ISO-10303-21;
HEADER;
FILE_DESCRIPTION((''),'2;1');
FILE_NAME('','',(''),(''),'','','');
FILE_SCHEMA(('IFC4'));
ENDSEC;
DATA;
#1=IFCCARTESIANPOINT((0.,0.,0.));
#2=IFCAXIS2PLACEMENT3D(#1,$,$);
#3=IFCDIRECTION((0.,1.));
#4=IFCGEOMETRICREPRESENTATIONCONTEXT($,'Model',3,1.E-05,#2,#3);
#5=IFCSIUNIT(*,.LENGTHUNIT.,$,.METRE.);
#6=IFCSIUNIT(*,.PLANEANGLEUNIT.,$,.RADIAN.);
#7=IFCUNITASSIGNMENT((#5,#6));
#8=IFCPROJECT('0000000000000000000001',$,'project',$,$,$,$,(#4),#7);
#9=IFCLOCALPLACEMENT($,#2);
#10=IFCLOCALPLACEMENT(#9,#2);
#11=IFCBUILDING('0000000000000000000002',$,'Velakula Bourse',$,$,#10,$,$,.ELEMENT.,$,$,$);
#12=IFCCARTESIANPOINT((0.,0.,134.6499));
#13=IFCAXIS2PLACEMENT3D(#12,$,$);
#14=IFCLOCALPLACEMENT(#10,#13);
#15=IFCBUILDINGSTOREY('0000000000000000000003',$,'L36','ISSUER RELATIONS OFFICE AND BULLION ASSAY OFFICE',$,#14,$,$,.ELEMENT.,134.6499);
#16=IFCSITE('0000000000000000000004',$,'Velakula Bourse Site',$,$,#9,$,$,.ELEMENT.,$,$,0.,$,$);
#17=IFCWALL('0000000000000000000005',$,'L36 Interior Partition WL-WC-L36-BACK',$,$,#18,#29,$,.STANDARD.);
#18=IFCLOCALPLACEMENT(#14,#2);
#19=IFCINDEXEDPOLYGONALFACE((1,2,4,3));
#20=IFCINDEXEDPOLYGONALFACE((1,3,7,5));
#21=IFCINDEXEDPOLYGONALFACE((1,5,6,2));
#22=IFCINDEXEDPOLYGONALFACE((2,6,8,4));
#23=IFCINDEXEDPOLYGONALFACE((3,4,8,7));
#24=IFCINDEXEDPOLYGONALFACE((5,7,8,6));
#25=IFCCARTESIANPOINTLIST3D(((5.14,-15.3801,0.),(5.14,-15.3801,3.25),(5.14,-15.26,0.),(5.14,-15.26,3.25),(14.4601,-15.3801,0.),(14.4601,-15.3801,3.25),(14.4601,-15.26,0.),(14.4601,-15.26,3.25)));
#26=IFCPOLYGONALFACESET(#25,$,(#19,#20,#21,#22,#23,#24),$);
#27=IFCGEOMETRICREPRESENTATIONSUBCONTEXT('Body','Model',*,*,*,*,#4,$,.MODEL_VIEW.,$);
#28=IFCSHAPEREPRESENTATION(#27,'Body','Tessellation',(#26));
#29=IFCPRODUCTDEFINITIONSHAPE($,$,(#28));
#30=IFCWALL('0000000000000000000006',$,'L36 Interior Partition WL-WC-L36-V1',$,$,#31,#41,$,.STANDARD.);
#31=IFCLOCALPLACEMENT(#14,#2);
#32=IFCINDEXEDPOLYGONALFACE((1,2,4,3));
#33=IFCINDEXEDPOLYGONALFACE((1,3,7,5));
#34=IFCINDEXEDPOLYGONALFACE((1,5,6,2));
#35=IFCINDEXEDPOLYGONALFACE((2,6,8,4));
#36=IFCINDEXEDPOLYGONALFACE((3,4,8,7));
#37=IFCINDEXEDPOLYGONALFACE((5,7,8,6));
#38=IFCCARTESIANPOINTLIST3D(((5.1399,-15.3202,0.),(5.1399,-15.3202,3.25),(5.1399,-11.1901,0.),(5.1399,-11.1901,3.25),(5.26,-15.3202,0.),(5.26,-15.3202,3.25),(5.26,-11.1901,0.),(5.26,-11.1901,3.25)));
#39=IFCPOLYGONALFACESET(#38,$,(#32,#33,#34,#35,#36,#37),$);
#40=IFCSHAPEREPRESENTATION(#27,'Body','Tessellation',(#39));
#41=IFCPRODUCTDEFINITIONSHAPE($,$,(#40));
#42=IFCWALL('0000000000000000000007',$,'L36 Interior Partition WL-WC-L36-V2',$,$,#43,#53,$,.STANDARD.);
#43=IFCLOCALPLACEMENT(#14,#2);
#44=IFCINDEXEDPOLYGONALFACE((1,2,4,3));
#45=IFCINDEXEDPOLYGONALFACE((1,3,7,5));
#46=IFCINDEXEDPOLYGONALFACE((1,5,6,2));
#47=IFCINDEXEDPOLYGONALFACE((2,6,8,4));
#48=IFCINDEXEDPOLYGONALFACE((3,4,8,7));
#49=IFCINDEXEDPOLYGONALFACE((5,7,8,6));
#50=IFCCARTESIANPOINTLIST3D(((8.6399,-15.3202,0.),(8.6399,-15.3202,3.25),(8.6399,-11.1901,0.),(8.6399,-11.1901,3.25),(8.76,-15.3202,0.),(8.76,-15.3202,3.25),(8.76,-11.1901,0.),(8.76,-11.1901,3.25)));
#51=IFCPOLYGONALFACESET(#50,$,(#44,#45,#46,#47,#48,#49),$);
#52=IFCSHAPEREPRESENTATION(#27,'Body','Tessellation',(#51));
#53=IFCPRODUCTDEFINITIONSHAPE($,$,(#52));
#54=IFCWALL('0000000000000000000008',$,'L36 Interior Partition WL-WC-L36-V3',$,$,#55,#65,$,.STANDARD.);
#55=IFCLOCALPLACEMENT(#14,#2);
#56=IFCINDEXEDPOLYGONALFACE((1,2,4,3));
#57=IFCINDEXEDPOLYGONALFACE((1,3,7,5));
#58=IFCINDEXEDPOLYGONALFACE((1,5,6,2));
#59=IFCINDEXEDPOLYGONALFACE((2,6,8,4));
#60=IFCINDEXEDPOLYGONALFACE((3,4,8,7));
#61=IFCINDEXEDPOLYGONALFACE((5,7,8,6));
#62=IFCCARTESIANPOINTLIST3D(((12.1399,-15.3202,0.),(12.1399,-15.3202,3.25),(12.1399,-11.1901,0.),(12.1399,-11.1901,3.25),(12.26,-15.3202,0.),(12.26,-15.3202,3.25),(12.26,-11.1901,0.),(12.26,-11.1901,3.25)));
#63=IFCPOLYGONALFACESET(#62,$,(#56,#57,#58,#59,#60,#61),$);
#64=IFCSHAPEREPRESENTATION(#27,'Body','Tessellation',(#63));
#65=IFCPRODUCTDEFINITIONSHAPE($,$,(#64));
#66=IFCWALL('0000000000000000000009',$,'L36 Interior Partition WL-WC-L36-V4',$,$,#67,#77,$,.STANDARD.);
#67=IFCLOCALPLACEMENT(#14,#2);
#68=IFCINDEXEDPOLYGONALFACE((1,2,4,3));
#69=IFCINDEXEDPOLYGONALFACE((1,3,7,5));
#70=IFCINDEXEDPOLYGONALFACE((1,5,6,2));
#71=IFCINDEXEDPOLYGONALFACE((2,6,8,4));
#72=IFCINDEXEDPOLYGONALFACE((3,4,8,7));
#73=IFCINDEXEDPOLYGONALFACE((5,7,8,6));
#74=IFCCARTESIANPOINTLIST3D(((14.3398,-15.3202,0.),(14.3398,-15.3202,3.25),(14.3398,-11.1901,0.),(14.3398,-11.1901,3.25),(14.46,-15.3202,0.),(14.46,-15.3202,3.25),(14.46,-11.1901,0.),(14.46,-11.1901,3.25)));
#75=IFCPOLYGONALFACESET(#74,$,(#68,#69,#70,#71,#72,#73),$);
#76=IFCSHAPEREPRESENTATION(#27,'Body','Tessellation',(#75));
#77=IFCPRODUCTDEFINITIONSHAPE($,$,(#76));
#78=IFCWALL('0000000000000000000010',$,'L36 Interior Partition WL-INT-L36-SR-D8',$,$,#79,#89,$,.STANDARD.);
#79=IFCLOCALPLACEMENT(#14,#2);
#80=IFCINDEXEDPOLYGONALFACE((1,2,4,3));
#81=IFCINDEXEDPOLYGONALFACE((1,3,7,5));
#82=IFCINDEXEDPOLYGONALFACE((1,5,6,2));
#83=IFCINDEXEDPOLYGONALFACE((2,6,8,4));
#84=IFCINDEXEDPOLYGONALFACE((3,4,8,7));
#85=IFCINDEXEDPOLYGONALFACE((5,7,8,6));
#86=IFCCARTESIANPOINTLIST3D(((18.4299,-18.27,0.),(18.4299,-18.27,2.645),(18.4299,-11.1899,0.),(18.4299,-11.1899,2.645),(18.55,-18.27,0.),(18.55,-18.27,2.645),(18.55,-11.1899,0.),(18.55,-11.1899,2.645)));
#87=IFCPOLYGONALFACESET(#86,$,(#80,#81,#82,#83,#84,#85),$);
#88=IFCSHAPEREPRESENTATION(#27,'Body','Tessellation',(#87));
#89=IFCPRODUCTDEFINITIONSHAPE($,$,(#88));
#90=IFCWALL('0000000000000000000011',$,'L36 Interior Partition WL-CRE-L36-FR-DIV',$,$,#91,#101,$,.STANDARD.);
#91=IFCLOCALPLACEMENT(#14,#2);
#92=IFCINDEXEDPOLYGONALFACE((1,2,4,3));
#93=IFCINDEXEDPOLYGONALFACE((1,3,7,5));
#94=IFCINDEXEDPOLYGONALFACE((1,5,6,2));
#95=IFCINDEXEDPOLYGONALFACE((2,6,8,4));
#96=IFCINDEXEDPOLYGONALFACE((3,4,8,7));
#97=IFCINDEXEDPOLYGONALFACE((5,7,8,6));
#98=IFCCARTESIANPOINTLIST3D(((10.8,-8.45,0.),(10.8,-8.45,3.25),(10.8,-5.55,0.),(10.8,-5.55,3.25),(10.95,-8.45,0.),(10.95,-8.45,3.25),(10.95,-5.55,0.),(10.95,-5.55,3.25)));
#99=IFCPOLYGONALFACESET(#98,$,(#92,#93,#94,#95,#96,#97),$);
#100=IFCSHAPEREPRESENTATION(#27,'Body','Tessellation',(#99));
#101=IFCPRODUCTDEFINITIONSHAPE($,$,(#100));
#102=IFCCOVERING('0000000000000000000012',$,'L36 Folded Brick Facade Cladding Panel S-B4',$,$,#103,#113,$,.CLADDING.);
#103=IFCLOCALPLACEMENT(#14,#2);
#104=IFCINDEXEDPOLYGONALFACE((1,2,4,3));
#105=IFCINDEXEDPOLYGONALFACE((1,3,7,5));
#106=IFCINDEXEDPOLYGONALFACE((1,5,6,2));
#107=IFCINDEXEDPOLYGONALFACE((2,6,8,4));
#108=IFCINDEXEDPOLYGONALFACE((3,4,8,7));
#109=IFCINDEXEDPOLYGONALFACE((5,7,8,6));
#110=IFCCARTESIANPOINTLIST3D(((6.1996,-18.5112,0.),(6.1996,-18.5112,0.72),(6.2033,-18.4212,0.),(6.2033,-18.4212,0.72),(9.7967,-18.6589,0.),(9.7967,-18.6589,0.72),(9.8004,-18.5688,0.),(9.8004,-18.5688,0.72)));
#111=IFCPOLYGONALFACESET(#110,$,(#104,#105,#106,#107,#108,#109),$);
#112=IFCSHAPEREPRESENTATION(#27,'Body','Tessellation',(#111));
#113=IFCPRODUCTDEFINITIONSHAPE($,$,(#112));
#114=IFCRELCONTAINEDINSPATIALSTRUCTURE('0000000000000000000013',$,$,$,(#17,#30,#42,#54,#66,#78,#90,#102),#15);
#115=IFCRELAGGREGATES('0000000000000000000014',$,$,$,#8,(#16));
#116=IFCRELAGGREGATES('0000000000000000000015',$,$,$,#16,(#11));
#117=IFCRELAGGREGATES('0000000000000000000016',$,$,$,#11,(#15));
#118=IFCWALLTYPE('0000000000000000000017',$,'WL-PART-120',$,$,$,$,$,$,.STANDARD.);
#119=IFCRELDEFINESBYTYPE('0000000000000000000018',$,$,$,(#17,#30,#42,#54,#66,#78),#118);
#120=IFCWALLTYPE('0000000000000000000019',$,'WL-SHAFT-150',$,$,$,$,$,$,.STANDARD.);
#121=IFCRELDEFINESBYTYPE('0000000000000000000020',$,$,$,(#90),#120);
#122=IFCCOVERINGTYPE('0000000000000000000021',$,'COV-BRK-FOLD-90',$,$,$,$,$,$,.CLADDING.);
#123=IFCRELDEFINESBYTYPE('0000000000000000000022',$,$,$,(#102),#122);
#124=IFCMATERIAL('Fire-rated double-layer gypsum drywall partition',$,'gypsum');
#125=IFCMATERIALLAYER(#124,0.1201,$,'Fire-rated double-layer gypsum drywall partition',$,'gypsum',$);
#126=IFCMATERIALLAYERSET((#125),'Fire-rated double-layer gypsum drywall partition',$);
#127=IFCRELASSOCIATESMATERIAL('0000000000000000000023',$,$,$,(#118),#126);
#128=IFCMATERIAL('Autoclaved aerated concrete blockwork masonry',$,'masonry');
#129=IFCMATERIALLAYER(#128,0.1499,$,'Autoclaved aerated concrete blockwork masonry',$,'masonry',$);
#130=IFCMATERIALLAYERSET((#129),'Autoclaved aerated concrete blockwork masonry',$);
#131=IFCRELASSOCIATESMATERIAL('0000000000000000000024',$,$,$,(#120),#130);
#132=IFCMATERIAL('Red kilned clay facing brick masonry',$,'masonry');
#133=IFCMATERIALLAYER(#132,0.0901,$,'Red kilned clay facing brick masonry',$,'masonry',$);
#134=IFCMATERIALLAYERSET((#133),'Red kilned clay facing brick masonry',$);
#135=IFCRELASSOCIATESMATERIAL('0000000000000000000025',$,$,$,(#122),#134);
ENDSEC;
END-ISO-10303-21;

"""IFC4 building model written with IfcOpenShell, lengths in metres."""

from ifc_helpers import new_model, si_unit, direction, frame, frame_2d, origin, origin_2d, place, context, subcontext, project, spatial, rectangle, extrude, material, layer, layer_set, type_object, element, save


model = new_model("IFC4")

# Units and contexts
model_context = context("Model", 3, precision=1e-05, world=origin(), true_north=direction((0.0, 1.0)))
body_context = subcontext(model_context, "Body", "Model", "MODEL_VIEW")
ifc_project = project(units=[si_unit("LENGTHUNIT", "METRE"), si_unit("PLANEANGLEUNIT", "RADIAN")], contexts=[model_context])

# Site, building, storey
site_placement = place(None, origin())
site = spatial("IfcSite", under=ifc_project, at=site_placement, Name="Velakula Bourse Site", CompositionType="ELEMENT", RefElevation=0.0)
building_placement = place(site_placement, origin())
building = spatial("IfcBuilding", under=site, at=building_placement, Name="Velakula Bourse", CompositionType="ELEMENT")
storey_placement = place(building_placement, frame((0.0, 0.0, 134.6499)))
storey = spatial("IfcBuildingStorey", under=building, at=storey_placement, Name="L36", Description="ISSUER RELATIONS OFFICE AND BULLION ASSAY OFFICE", CompositionType="ELEMENT", Elevation=134.6499)

# Shared definitions
ifc_material_1 = material(Name="Red kilned clay facing brick masonry", Category="masonry")

# Walls
ifc_material_2 = material(Name="Fire-rated double-layer gypsum drywall partition", Category="gypsum")
ifc_layer_1 = layer(ifc_material_2, 0.1201, Name="Fire-rated double-layer gypsum drywall partition", Category="gypsum")
ifc_layer_set_1 = layer_set([ifc_layer_1], Name="Fire-rated double-layer gypsum drywall partition")
wall_type_1 = type_object("IfcWallType", Name="WL-PART-120", PredefinedType="STANDARD", material=ifc_layer_set_1)
wall_1_placement = place(storey_placement, frame((5.1399, -15.3201, 0.0), z_axis=(0.0, 0.0, 1.0), x_axis=(1.0, 0.0, 0.0)))
element("IfcWall", 1, at=wall_1_placement, inside=storey, type_object=wall_type_1, Name="L36 Interior Partition WL-WC-L36-BACK", PredefinedType="STANDARD", context=body_context, shape_type="SweptSolid", body=[
    extrude(rectangle(XDim=9.3201, YDim=0.1201, at=frame_2d((4.6602, 0.0))), origin(), (0.0, 0.0, 1.0), 3.25),
])
for number, where, z_axis, x_axis, name in (
    (2, (5.2, -15.3201, 0.0), (0.0, 0.0, 1.0), (0.0, 1.0, 0.0), "L36 Interior Partition WL-WC-L36-V1"),
    (3, (8.7, -15.3201, 0.0), (0.0, 0.0, 1.0), (0.0, 1.0, 0.0), "L36 Interior Partition WL-WC-L36-V2"),
    (4, (12.2, -15.3201, 0.0), (0.0, 0.0, 1.0), (0.0, 1.0, 0.0), "L36 Interior Partition WL-WC-L36-V3"),
    (5, (14.3999, -15.3201, 0.0), (0.0, 0.0, 1.0), (0.0, 1.0, 0.0), "L36 Interior Partition WL-WC-L36-V4"),
):
    element("IfcWall", number, at=place(storey_placement, frame(where, z_axis=z_axis, x_axis=x_axis)), inside=storey, type_object=wall_type_1, Name=name, PredefinedType="STANDARD", context=body_context, shape_type="SweptSolid", body=[
        extrude(rectangle(XDim=4.1301, YDim=0.1201, at=frame_2d((2.0649, 0.0))), origin(), (0.0, 0.0, 1.0), 3.25),
    ])
wall_2_placement = place(storey_placement, frame((18.49, -18.27, 0.0), z_axis=(0.0, 0.0, 1.0), x_axis=(0.0, 1.0, 0.0)))
element("IfcWall", 6, at=wall_2_placement, inside=storey, type_object=wall_type_1, Name="L36 Interior Partition WL-INT-L36-SR-D8", PredefinedType="STANDARD", context=body_context, shape_type="SweptSolid", body=[
    extrude(rectangle(XDim=7.0801, YDim=0.1201, at=frame_2d((3.54, 0.0))), origin(), (0.0, 0.0, 1.0), 2.645),
])
ifc_material_3 = material(Name="Autoclaved aerated concrete blockwork masonry", Category="masonry")
ifc_layer_2 = layer(ifc_material_3, 0.1499, Name="Autoclaved aerated concrete blockwork masonry", Category="masonry")
ifc_layer_set_2 = layer_set([ifc_layer_2], Name="Autoclaved aerated concrete blockwork masonry")
wall_type_2 = type_object("IfcWallType", Name="WL-SHAFT-150", PredefinedType="STANDARD", material=ifc_layer_set_2)
wall_3_placement = place(storey_placement, frame((10.875, -8.45, 0.0), z_axis=(0.0, 0.0, 1.0), x_axis=(0.0, 1.0, 0.0)))
element("IfcWall", 7, at=wall_3_placement, inside=storey, type_object=wall_type_2, Name="L36 Interior Partition WL-CRE-L36-FR-DIV", PredefinedType="STANDARD", context=body_context, shape_type="SweptSolid", body=[
    extrude(rectangle(XDim=2.8999, YDim=0.1499, at=frame_2d((1.45, 0.0))), origin(), (0.0, 0.0, 1.0), 3.25),
])

# Covering
ifc_layer_3 = layer(ifc_material_1, 0.0901, Name="Red kilned clay facing brick masonry", Category="masonry")
ifc_layer_set_3 = layer_set([ifc_layer_3], Name="Red kilned clay facing brick masonry")
covering_type = type_object("IfcCoveringType", Name="COV-BRK-FOLD-90", PredefinedType="CLADDING", material=ifc_layer_set_3)
covering_placement = place(storey_placement, frame((8.0, -18.54, 0.0), z_axis=(0.0, 0.0, 1.0), x_axis=(0.999159, -0.041004, 0.0)))
element("IfcCovering", 8, at=covering_placement, inside=storey, type_object=covering_type, Name="L36 Folded Brick Facade Cladding Panel S-B4", PredefinedType="CLADDING", context=body_context, shape_type="SweptSolid", body=[
    extrude(rectangle(XDim=3.6001, YDim=0.0901, at=origin_2d()), origin(), (0.0, 0.0, 1.0), 0.72),
])

save(model, "model.ifc")
